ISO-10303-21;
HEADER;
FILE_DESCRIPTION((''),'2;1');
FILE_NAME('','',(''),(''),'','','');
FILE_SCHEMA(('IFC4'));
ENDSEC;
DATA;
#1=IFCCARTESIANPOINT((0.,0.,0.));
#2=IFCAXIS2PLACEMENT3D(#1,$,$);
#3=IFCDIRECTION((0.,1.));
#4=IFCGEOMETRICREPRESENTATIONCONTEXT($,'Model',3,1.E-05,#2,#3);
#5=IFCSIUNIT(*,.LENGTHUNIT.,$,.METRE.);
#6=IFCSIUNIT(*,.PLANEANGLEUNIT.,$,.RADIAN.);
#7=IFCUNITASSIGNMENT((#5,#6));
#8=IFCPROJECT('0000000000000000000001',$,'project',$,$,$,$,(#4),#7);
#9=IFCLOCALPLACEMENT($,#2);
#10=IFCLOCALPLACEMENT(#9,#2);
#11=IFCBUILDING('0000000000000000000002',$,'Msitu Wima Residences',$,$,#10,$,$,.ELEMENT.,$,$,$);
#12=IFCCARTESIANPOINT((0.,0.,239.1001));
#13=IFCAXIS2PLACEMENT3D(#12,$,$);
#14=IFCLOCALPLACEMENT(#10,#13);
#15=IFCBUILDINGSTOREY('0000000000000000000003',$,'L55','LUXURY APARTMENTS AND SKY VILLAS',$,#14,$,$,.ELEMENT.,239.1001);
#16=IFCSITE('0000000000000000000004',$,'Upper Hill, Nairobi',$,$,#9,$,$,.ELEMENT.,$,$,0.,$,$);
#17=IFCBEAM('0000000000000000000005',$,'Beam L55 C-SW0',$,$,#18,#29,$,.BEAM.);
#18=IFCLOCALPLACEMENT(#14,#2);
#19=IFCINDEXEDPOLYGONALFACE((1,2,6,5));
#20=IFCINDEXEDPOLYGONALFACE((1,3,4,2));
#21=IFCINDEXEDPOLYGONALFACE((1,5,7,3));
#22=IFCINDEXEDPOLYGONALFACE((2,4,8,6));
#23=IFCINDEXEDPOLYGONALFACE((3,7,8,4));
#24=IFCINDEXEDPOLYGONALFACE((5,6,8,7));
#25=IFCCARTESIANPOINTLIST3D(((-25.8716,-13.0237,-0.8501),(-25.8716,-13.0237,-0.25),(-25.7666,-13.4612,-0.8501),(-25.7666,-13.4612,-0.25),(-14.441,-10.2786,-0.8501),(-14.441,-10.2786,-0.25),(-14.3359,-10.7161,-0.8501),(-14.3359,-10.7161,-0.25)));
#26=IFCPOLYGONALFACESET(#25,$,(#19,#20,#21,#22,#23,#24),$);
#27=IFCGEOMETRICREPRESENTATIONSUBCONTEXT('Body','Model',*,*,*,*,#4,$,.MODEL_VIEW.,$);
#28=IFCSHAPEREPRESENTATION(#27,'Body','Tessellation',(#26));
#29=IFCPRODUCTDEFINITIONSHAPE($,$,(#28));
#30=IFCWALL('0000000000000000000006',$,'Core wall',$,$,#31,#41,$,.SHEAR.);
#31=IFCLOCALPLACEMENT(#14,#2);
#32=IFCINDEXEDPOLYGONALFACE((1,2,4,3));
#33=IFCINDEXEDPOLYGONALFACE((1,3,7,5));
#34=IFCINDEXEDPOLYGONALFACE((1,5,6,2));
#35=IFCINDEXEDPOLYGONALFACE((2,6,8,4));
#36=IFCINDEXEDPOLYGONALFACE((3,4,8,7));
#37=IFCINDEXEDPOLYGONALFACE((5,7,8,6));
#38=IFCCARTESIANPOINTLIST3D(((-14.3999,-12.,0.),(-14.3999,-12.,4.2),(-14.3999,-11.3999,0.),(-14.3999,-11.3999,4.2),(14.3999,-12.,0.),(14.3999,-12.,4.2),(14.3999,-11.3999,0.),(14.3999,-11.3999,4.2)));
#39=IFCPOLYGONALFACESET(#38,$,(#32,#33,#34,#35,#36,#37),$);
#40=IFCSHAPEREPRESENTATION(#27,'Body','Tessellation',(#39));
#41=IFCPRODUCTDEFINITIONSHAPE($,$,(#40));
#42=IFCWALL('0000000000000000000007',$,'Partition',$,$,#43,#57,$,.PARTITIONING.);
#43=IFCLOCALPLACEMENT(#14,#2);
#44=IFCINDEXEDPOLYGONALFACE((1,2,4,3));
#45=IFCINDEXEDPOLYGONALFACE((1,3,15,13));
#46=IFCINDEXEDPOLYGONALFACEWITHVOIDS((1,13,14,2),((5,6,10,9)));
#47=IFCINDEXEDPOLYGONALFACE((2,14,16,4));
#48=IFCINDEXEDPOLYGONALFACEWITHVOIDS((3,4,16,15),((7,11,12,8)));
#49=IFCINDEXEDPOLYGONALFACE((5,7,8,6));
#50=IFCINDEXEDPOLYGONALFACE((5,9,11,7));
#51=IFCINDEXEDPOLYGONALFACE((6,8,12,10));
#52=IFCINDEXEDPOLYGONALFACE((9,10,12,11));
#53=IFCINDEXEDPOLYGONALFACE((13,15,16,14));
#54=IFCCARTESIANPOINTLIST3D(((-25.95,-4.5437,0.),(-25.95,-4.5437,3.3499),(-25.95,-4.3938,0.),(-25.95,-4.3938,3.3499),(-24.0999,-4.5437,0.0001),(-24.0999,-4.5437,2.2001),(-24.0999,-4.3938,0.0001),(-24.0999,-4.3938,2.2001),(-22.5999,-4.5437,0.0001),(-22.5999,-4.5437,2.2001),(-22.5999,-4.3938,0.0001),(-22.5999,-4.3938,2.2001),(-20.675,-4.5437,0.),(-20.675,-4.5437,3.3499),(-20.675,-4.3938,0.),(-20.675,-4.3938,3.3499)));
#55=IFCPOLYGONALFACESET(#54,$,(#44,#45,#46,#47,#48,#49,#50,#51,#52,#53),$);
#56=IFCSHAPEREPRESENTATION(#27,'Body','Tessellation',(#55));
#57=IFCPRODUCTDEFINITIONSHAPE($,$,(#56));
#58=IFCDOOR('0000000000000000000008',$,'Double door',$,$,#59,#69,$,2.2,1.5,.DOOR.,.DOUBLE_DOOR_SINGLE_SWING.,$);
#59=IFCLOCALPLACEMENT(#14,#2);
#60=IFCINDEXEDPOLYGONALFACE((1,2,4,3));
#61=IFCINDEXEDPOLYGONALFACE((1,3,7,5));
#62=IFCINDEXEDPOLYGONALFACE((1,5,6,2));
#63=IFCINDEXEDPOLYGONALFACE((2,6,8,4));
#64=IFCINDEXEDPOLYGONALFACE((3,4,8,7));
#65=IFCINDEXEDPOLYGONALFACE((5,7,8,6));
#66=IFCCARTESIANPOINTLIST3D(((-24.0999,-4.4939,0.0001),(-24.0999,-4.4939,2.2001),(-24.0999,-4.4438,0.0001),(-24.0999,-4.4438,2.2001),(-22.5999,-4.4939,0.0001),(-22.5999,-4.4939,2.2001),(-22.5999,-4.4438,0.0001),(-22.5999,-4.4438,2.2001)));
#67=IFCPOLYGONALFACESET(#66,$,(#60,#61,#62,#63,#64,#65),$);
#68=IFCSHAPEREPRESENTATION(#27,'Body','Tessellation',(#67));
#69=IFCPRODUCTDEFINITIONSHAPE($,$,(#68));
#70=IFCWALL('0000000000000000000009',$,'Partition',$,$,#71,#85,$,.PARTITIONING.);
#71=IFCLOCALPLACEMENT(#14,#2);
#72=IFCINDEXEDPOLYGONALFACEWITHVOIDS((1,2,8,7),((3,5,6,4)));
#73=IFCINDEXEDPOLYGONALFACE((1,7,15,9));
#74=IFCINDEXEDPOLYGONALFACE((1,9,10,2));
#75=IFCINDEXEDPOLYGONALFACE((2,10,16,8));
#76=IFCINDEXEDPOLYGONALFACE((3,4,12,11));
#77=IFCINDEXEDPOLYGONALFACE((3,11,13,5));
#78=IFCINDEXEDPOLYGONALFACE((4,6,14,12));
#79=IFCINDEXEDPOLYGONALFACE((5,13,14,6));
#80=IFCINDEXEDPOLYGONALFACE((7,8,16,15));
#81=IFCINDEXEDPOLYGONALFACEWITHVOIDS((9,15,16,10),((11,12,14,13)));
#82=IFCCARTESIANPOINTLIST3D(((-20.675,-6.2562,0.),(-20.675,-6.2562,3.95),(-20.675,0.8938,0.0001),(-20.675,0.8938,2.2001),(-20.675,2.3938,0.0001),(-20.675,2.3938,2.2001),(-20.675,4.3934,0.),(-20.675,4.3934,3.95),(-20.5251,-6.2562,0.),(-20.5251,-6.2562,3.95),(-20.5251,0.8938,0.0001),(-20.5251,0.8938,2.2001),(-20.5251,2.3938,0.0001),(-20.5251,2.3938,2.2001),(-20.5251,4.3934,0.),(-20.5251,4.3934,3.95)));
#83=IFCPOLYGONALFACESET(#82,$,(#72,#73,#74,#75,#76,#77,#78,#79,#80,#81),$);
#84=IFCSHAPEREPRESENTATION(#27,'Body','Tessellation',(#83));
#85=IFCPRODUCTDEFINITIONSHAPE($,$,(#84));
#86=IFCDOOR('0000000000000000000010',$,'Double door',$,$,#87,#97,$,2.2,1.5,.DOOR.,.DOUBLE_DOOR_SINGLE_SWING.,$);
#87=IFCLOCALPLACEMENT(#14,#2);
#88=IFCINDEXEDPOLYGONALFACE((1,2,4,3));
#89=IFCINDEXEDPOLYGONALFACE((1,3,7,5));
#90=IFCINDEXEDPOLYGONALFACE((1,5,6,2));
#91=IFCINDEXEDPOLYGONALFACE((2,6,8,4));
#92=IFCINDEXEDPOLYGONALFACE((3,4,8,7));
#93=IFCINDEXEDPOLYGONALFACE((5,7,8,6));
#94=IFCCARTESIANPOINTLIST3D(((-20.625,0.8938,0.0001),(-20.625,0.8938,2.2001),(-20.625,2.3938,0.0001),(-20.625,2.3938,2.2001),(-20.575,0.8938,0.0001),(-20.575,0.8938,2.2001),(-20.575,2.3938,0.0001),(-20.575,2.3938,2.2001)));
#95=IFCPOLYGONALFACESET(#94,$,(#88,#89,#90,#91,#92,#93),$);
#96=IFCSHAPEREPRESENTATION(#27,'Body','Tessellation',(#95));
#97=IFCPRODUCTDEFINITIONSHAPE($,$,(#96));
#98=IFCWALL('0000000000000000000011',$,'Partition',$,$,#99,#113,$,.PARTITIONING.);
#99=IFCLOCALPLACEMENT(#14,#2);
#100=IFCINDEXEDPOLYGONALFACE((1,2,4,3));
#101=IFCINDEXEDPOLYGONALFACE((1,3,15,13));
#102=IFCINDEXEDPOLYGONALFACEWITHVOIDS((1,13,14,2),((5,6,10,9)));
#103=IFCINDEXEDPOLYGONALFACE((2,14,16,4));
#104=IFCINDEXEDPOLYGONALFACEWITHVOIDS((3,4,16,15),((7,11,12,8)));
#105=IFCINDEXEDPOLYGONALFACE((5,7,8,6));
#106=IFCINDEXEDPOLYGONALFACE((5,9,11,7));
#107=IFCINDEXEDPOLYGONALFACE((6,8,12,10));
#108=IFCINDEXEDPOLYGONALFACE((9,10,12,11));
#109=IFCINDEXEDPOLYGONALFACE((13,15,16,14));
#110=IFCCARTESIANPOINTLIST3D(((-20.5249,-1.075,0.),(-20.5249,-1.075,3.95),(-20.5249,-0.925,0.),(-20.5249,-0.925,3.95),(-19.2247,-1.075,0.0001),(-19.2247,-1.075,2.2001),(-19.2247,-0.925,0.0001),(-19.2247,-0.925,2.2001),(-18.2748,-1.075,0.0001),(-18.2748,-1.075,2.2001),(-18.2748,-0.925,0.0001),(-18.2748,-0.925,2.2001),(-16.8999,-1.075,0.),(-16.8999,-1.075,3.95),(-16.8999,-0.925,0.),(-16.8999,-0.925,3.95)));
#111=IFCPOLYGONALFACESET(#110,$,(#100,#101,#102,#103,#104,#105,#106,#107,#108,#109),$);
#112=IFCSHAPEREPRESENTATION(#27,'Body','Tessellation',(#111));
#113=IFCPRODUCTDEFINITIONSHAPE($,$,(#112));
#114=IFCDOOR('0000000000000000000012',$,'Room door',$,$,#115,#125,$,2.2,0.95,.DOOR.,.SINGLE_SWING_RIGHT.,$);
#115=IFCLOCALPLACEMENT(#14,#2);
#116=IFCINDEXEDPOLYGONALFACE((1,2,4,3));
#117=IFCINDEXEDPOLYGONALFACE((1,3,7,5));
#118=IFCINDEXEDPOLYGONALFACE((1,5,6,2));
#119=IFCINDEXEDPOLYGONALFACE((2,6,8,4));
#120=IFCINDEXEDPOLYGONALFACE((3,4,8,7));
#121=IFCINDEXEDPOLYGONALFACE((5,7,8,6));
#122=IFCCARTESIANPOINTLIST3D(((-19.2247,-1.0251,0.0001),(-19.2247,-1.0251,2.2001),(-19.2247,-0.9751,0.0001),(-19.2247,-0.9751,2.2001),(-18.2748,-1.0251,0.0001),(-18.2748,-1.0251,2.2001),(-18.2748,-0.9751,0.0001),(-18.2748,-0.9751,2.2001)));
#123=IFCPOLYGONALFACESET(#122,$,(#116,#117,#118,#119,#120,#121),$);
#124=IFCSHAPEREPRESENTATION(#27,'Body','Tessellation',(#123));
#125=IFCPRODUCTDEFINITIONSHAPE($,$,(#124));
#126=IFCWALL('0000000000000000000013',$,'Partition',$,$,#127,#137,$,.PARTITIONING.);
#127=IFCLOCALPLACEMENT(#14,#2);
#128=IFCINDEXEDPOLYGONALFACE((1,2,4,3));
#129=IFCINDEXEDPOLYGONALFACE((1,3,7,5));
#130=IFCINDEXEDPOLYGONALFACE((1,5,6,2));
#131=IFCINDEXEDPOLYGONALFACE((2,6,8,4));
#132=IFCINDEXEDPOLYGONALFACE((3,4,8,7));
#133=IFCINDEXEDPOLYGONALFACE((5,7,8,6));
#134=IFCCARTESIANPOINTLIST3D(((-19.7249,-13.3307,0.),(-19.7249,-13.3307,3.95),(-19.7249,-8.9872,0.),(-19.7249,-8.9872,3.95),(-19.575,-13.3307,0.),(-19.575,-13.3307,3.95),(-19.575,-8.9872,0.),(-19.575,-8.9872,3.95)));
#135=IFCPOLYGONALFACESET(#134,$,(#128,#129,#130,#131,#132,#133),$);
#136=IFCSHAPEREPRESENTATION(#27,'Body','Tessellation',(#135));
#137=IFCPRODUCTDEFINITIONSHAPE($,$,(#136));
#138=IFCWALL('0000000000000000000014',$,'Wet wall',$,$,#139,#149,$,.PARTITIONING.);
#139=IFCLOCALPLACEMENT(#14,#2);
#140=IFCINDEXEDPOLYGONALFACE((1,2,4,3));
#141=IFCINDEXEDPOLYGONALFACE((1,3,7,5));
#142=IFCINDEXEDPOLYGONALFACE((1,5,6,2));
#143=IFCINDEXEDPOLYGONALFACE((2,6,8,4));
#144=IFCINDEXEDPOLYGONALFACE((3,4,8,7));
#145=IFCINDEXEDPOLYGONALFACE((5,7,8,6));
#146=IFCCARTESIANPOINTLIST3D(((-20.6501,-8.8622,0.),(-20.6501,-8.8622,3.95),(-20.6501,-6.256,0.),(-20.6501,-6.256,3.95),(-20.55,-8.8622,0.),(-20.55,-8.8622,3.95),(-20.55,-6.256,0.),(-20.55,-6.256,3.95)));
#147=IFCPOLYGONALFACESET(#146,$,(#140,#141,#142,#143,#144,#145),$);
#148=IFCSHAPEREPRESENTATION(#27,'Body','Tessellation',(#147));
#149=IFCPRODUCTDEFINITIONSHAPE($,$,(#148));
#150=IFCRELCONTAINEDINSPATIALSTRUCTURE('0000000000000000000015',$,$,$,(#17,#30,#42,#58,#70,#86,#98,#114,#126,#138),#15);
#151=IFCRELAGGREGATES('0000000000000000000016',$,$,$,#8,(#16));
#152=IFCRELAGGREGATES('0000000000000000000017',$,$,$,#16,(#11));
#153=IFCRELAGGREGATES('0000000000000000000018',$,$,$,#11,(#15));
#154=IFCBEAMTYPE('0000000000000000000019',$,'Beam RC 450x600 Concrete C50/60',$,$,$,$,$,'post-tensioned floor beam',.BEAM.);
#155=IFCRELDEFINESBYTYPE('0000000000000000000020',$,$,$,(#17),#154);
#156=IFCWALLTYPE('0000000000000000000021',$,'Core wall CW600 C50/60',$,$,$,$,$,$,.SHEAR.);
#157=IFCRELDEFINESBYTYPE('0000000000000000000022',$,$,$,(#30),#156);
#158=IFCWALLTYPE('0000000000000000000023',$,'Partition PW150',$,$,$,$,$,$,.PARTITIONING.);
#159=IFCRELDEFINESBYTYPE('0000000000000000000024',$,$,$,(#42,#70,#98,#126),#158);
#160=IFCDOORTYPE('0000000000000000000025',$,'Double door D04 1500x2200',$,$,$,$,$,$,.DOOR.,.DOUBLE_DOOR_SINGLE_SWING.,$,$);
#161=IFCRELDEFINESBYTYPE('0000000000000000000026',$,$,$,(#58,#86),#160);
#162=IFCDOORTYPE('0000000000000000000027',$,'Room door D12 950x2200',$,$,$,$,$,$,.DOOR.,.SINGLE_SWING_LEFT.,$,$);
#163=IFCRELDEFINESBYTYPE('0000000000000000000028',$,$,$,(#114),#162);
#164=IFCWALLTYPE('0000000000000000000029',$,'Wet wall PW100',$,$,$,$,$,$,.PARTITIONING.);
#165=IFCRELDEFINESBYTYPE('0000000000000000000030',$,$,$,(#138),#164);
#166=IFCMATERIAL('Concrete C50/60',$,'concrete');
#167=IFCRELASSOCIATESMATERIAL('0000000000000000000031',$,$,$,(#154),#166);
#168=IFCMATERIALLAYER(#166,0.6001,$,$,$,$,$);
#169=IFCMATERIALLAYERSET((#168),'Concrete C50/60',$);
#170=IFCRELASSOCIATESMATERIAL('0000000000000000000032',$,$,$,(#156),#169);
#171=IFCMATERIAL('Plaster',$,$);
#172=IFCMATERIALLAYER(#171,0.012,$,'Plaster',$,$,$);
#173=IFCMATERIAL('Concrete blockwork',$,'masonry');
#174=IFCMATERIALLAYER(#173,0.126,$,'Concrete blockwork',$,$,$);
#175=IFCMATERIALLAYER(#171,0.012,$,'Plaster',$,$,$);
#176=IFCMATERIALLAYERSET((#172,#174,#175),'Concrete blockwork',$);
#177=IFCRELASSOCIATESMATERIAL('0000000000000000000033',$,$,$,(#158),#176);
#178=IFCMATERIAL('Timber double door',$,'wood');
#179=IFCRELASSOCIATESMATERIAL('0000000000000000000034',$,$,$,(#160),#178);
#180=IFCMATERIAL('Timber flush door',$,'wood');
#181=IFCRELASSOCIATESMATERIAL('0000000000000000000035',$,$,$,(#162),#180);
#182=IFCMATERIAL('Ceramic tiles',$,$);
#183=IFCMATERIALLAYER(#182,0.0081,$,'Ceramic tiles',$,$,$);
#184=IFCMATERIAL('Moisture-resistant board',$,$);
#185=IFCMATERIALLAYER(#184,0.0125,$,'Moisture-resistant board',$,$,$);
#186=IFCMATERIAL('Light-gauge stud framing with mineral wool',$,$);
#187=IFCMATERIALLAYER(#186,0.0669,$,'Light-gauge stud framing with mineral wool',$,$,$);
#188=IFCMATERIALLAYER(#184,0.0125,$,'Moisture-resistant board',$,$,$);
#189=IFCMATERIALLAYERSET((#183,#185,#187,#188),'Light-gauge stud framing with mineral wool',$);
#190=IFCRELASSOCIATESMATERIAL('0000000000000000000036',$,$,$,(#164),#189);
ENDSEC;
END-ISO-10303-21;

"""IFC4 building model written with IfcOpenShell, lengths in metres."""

from ifc_helpers import new_model, si_unit, direction, frame, frame_2d, origin, origin_2d, place, context, subcontext, project, spatial, rectangle, extrude, material, layer, layer_set, material_profile, profile_set, type_object, element, fill, save


model = new_model("IFC4")

# Units and contexts
model_context = context("Model", 3, precision=1e-05, world=origin(), true_north=direction((0.0, 1.0)))
body_context = subcontext(model_context, "Body", "Model", "MODEL_VIEW")
ifc_project = project(units=[si_unit("LENGTHUNIT", "METRE"), si_unit("PLANEANGLEUNIT", "RADIAN")], contexts=[model_context])

# Site, building, storey
site_placement = place(None, origin())
site = spatial("IfcSite", under=ifc_project, at=site_placement, Name="Upper Hill, Nairobi", CompositionType="ELEMENT", RefElevation=0.0)
building_placement = place(site_placement, origin())
building = spatial("IfcBuilding", under=site, at=building_placement, Name="Msitu Wima Residences", CompositionType="ELEMENT")
storey_placement = place(building_placement, frame((0.0, 0.0, 239.1001)))
storey = spatial("IfcBuildingStorey", under=building, at=storey_placement, Name="L55", Description="LUXURY APARTMENTS AND SKY VILLAS", CompositionType="ELEMENT", Elevation=239.1001)

# Beam
ifc_material_1 = material(Name="Concrete C50/60", Category="concrete")
ifc_material_profile = material_profile(ifc_material_1, rectangle(XDim=0.45, YDim=0.6001, at=origin_2d()), Name="RC 450x600")
ifc_profile_set = profile_set([ifc_material_profile], Name="Concrete C50/60")
beam_type = type_object("IfcBeamType", Name="Beam RC 450x600 Concrete C50/60", ElementType="post-tensioned floor beam", PredefinedType="BEAM", material=ifc_profile_set)
beam_placement = place(storey_placement, frame((-25.8191, -13.2424, -0.55), z_axis=(0.972353, 0.233514, 0.0), x_axis=(-0.233514, 0.972353, 0.0)))
element("IfcBeam", 1, at=beam_placement, inside=storey, type_object=beam_type, Name="Beam L55 C-SW0", PredefinedType="BEAM", context=body_context, shape_type="SweptSolid", body=[
    extrude(rectangle(XDim=0.45, YDim=0.6001, at=origin_2d()), origin(), (0.0, 0.0, 1.0), 11.7556),
])

# Wall
ifc_layer_1 = layer(ifc_material_1, 0.6001)
ifc_layer_set_1 = layer_set([ifc_layer_1], Name="Concrete C50/60")
wall_type_1 = type_object("IfcWallType", Name="Core wall CW600 C50/60", PredefinedType="SHEAR", material=ifc_layer_set_1)
wall_1_placement = place(storey_placement, frame((-14.3999, -11.7, 0.0), z_axis=(0.0, 0.0, 1.0), x_axis=(1.0, 0.0, 0.0)))
element("IfcWall", 2, at=wall_1_placement, inside=storey, type_object=wall_type_1, Name="Core wall", PredefinedType="SHEAR", context=body_context, shape_type="SweptSolid", body=[
    extrude(rectangle(XDim=28.7998, YDim=0.6001, at=frame_2d((14.3999, 0.0))), origin(), (0.0, 0.0, 1.0), 4.2),
])

# Walls, openings, doors
ifc_material_2 = material(Name="Plaster")
ifc_layer_2 = layer(ifc_material_2, 0.012, Name="Plaster")
ifc_material_3 = material(Name="Concrete blockwork", Category="masonry")
ifc_layer_3 = layer(ifc_material_3, 0.126, Name="Concrete blockwork")
ifc_layer_4 = layer(ifc_material_2, 0.012, Name="Plaster")
ifc_layer_set_2 = layer_set([ifc_layer_2, ifc_layer_3, ifc_layer_4], Name="Concrete blockwork")
wall_type_2 = type_object("IfcWallType", Name="Partition PW150", PredefinedType="PARTITIONING", material=ifc_layer_set_2)
wall_2_placement = place(storey_placement, frame((-25.95, -4.4688, 0.0), z_axis=(0.0, 0.0, 1.0), x_axis=(1.0, 0.0, 0.0)))
wall_2 = element("IfcWall", 3, at=wall_2_placement, inside=storey, type_object=wall_type_2, Name="Partition", PredefinedType="PARTITIONING", context=body_context, shape_type="SweptSolid", body=[
    extrude(rectangle(XDim=5.2749, YDim=0.1499, at=frame_2d((2.6375, 0.0))), origin(), (0.0, 0.0, 1.0), 3.3499),
])
opening_1_placement = place(wall_2_placement, frame((1.8501, 0.0, 0.0)))
opening_1 = element("IfcOpeningElement", 4, at=opening_1_placement, cuts=wall_2, PredefinedType="OPENING", context=body_context, shape_type="SweptSolid", body=[
    extrude(rectangle(XDim=1.5, YDim=2.2, at=frame_2d((0.75, 1.1001))), frame((0.0, 0.085, 0.0), z_axis=(0.0, -1.0, 0.0), x_axis=(1.0, 0.0, 0.0)), (0.0, 0.0, 1.0), 0.1699),
])
ifc_material_4 = material(Name="Timber double door", Category="wood")
door_type_1 = type_object("IfcDoorType", Name="Double door D04 1500x2200", OperationType="DOUBLE_DOOR_SINGLE_SWING", PredefinedType="DOOR", material=ifc_material_4)
door_1_placement = place(opening_1_placement, origin())
door_1 = element("IfcDoor", 5, at=door_1_placement, inside=storey, type_object=door_type_1, Name="Double door", OperationType="DOUBLE_DOOR_SINGLE_SWING", OverallHeight=2.2, OverallWidth=1.5, PredefinedType="DOOR", context=body_context, shape_type="SweptSolid", body=[
    extrude(rectangle(XDim=1.5, YDim=2.2, at=frame_2d((0.75, 1.1001))), frame((0.0, 0.0249, 0.0), z_axis=(0.0, -1.0, 0.0), x_axis=(1.0, 0.0, 0.0)), (0.0, 0.0, 1.0), 0.05),
])
fill(opening_1, door_1)
wall_3_placement = place(storey_placement, frame((-20.6001, -6.2561, 0.0), z_axis=(0.0, 0.0, 1.0), x_axis=(0.0, 1.0, 0.0)))
wall_3 = element("IfcWall", 6, at=wall_3_placement, inside=storey, type_object=wall_type_2, Name="Partition", PredefinedType="PARTITIONING", context=body_context, shape_type="SweptSolid", body=[
    extrude(rectangle(XDim=10.6497, YDim=0.1499, at=frame_2d((5.3247, 0.0))), origin(), (0.0, 0.0, 1.0), 3.95),
])
opening_2_placement = place(wall_3_placement, frame((7.1499, 0.0, 0.0)))
opening_2 = element("IfcOpeningElement", 7, at=opening_2_placement, cuts=wall_3, PredefinedType="OPENING", context=body_context, shape_type="SweptSolid", body=[
    extrude(rectangle(XDim=1.5, YDim=2.2, at=frame_2d((0.75, 1.1001))), frame((0.0, 0.085, 0.0), z_axis=(0.0, -1.0, 0.0), x_axis=(1.0, 0.0, 0.0)), (0.0, 0.0, 1.0), 0.1699),
])
door_2_placement = place(opening_2_placement, origin())
door_2 = element("IfcDoor", 8, at=door_2_placement, inside=storey, type_object=door_type_1, Name="Double door", OperationType="DOUBLE_DOOR_SINGLE_SWING", OverallHeight=2.2, OverallWidth=1.5, PredefinedType="DOOR", context=body_context, shape_type="SweptSolid", body=[
    extrude(rectangle(XDim=1.5, YDim=2.2, at=frame_2d((0.75, 1.1001))), frame((0.0, 0.0249, 0.0), z_axis=(0.0, -1.0, 0.0), x_axis=(1.0, 0.0, 0.0)), (0.0, 0.0, 1.0), 0.05),
])
fill(opening_2, door_2)
wall_4_placement = place(storey_placement, frame((-20.5249, -1.0, 0.0), z_axis=(0.0, 0.0, 1.0), x_axis=(1.0, 0.0, 0.0)))
wall_4 = element("IfcWall", 9, at=wall_4_placement, inside=storey, type_object=wall_type_2, Name="Partition", PredefinedType="PARTITIONING", context=body_context, shape_type="SweptSolid", body=[
    extrude(rectangle(XDim=3.625, YDim=0.1499, at=frame_2d((1.8125, 0.0))), origin(), (0.0, 0.0, 1.0), 3.95),
])
opening_3_placement = place(wall_4_placement, frame((1.3, 0.0, 0.0)))
opening_3 = element("IfcOpeningElement", 10, at=opening_3_placement, cuts=wall_4, PredefinedType="OPENING", context=body_context, shape_type="SweptSolid", body=[
    extrude(rectangle(XDim=0.95, YDim=2.2, at=frame_2d((0.4751, 1.1001))), frame((0.0, 0.085, 0.0), z_axis=(0.0, -1.0, 0.0), x_axis=(1.0, 0.0, 0.0)), (0.0, 0.0, 1.0), 0.1699),
])
ifc_material_5 = material(Name="Timber flush door", Category="wood")
door_type_2 = type_object("IfcDoorType", Name="Room door D12 950x2200", OperationType="SINGLE_SWING_LEFT", PredefinedType="DOOR", material=ifc_material_5)
door_3_placement = place(opening_3_placement, origin())
door_3 = element("IfcDoor", 11, at=door_3_placement, inside=storey, type_object=door_type_2, Name="Room door", OperationType="SINGLE_SWING_RIGHT", OverallHeight=2.2, OverallWidth=0.95, PredefinedType="DOOR", context=body_context, shape_type="SweptSolid", body=[
    extrude(rectangle(XDim=0.95, YDim=2.2, at=frame_2d((0.4751, 1.1001))), frame((0.0, 0.0249, 0.0), z_axis=(0.0, -1.0, 0.0), x_axis=(1.0, 0.0, 0.0)), (0.0, 0.0, 1.0), 0.05),
])
fill(opening_3, door_3)

# Walls
wall_5_placement = place(storey_placement, frame((-19.6499, -13.3308, 0.0), z_axis=(0.0, 0.0, 1.0), x_axis=(0.0, 1.0, 0.0)))
element("IfcWall", 12, at=wall_5_placement, inside=storey, type_object=wall_type_2, Name="Partition", PredefinedType="PARTITIONING", context=body_context, shape_type="SweptSolid", body=[
    extrude(rectangle(XDim=4.3435, YDim=0.1499, at=frame_2d((2.1719, 0.0))), origin(), (0.0, 0.0, 1.0), 3.95),
])
ifc_material_6 = material(Name="Ceramic tiles")
ifc_layer_5 = layer(ifc_material_6, 0.0081, Name="Ceramic tiles")
ifc_material_7 = material(Name="Moisture-resistant board")
ifc_layer_6 = layer(ifc_material_7, 0.0125, Name="Moisture-resistant board")
ifc_material_8 = material(Name="Light-gauge stud framing with mineral wool")
ifc_layer_7 = layer(ifc_material_8, 0.0669, Name="Light-gauge stud framing with mineral wool")
ifc_layer_8 = layer(ifc_material_7, 0.0125, Name="Moisture-resistant board")
ifc_layer_set_3 = layer_set([ifc_layer_5, ifc_layer_6, ifc_layer_7, ifc_layer_8], Name="Light-gauge stud framing with mineral wool")
wall_type_3 = type_object("IfcWallType", Name="Wet wall PW100", PredefinedType="PARTITIONING", material=ifc_layer_set_3)
wall_6_placement = place(storey_placement, frame((-20.6001, -8.8623, 0.0), z_axis=(0.0, 0.0, 1.0), x_axis=(0.0, 1.0, 0.0)))
element("IfcWall", 13, at=wall_6_placement, inside=storey, type_object=wall_type_3, Name="Wet wall", PredefinedType="PARTITIONING", context=body_context, shape_type="SweptSolid", body=[
    extrude(rectangle(XDim=2.6062, YDim=0.1001, at=frame_2d((1.3032, 0.0))), origin(), (0.0, 0.0, 1.0), 3.95),
])

save(model, "model.ifc")
